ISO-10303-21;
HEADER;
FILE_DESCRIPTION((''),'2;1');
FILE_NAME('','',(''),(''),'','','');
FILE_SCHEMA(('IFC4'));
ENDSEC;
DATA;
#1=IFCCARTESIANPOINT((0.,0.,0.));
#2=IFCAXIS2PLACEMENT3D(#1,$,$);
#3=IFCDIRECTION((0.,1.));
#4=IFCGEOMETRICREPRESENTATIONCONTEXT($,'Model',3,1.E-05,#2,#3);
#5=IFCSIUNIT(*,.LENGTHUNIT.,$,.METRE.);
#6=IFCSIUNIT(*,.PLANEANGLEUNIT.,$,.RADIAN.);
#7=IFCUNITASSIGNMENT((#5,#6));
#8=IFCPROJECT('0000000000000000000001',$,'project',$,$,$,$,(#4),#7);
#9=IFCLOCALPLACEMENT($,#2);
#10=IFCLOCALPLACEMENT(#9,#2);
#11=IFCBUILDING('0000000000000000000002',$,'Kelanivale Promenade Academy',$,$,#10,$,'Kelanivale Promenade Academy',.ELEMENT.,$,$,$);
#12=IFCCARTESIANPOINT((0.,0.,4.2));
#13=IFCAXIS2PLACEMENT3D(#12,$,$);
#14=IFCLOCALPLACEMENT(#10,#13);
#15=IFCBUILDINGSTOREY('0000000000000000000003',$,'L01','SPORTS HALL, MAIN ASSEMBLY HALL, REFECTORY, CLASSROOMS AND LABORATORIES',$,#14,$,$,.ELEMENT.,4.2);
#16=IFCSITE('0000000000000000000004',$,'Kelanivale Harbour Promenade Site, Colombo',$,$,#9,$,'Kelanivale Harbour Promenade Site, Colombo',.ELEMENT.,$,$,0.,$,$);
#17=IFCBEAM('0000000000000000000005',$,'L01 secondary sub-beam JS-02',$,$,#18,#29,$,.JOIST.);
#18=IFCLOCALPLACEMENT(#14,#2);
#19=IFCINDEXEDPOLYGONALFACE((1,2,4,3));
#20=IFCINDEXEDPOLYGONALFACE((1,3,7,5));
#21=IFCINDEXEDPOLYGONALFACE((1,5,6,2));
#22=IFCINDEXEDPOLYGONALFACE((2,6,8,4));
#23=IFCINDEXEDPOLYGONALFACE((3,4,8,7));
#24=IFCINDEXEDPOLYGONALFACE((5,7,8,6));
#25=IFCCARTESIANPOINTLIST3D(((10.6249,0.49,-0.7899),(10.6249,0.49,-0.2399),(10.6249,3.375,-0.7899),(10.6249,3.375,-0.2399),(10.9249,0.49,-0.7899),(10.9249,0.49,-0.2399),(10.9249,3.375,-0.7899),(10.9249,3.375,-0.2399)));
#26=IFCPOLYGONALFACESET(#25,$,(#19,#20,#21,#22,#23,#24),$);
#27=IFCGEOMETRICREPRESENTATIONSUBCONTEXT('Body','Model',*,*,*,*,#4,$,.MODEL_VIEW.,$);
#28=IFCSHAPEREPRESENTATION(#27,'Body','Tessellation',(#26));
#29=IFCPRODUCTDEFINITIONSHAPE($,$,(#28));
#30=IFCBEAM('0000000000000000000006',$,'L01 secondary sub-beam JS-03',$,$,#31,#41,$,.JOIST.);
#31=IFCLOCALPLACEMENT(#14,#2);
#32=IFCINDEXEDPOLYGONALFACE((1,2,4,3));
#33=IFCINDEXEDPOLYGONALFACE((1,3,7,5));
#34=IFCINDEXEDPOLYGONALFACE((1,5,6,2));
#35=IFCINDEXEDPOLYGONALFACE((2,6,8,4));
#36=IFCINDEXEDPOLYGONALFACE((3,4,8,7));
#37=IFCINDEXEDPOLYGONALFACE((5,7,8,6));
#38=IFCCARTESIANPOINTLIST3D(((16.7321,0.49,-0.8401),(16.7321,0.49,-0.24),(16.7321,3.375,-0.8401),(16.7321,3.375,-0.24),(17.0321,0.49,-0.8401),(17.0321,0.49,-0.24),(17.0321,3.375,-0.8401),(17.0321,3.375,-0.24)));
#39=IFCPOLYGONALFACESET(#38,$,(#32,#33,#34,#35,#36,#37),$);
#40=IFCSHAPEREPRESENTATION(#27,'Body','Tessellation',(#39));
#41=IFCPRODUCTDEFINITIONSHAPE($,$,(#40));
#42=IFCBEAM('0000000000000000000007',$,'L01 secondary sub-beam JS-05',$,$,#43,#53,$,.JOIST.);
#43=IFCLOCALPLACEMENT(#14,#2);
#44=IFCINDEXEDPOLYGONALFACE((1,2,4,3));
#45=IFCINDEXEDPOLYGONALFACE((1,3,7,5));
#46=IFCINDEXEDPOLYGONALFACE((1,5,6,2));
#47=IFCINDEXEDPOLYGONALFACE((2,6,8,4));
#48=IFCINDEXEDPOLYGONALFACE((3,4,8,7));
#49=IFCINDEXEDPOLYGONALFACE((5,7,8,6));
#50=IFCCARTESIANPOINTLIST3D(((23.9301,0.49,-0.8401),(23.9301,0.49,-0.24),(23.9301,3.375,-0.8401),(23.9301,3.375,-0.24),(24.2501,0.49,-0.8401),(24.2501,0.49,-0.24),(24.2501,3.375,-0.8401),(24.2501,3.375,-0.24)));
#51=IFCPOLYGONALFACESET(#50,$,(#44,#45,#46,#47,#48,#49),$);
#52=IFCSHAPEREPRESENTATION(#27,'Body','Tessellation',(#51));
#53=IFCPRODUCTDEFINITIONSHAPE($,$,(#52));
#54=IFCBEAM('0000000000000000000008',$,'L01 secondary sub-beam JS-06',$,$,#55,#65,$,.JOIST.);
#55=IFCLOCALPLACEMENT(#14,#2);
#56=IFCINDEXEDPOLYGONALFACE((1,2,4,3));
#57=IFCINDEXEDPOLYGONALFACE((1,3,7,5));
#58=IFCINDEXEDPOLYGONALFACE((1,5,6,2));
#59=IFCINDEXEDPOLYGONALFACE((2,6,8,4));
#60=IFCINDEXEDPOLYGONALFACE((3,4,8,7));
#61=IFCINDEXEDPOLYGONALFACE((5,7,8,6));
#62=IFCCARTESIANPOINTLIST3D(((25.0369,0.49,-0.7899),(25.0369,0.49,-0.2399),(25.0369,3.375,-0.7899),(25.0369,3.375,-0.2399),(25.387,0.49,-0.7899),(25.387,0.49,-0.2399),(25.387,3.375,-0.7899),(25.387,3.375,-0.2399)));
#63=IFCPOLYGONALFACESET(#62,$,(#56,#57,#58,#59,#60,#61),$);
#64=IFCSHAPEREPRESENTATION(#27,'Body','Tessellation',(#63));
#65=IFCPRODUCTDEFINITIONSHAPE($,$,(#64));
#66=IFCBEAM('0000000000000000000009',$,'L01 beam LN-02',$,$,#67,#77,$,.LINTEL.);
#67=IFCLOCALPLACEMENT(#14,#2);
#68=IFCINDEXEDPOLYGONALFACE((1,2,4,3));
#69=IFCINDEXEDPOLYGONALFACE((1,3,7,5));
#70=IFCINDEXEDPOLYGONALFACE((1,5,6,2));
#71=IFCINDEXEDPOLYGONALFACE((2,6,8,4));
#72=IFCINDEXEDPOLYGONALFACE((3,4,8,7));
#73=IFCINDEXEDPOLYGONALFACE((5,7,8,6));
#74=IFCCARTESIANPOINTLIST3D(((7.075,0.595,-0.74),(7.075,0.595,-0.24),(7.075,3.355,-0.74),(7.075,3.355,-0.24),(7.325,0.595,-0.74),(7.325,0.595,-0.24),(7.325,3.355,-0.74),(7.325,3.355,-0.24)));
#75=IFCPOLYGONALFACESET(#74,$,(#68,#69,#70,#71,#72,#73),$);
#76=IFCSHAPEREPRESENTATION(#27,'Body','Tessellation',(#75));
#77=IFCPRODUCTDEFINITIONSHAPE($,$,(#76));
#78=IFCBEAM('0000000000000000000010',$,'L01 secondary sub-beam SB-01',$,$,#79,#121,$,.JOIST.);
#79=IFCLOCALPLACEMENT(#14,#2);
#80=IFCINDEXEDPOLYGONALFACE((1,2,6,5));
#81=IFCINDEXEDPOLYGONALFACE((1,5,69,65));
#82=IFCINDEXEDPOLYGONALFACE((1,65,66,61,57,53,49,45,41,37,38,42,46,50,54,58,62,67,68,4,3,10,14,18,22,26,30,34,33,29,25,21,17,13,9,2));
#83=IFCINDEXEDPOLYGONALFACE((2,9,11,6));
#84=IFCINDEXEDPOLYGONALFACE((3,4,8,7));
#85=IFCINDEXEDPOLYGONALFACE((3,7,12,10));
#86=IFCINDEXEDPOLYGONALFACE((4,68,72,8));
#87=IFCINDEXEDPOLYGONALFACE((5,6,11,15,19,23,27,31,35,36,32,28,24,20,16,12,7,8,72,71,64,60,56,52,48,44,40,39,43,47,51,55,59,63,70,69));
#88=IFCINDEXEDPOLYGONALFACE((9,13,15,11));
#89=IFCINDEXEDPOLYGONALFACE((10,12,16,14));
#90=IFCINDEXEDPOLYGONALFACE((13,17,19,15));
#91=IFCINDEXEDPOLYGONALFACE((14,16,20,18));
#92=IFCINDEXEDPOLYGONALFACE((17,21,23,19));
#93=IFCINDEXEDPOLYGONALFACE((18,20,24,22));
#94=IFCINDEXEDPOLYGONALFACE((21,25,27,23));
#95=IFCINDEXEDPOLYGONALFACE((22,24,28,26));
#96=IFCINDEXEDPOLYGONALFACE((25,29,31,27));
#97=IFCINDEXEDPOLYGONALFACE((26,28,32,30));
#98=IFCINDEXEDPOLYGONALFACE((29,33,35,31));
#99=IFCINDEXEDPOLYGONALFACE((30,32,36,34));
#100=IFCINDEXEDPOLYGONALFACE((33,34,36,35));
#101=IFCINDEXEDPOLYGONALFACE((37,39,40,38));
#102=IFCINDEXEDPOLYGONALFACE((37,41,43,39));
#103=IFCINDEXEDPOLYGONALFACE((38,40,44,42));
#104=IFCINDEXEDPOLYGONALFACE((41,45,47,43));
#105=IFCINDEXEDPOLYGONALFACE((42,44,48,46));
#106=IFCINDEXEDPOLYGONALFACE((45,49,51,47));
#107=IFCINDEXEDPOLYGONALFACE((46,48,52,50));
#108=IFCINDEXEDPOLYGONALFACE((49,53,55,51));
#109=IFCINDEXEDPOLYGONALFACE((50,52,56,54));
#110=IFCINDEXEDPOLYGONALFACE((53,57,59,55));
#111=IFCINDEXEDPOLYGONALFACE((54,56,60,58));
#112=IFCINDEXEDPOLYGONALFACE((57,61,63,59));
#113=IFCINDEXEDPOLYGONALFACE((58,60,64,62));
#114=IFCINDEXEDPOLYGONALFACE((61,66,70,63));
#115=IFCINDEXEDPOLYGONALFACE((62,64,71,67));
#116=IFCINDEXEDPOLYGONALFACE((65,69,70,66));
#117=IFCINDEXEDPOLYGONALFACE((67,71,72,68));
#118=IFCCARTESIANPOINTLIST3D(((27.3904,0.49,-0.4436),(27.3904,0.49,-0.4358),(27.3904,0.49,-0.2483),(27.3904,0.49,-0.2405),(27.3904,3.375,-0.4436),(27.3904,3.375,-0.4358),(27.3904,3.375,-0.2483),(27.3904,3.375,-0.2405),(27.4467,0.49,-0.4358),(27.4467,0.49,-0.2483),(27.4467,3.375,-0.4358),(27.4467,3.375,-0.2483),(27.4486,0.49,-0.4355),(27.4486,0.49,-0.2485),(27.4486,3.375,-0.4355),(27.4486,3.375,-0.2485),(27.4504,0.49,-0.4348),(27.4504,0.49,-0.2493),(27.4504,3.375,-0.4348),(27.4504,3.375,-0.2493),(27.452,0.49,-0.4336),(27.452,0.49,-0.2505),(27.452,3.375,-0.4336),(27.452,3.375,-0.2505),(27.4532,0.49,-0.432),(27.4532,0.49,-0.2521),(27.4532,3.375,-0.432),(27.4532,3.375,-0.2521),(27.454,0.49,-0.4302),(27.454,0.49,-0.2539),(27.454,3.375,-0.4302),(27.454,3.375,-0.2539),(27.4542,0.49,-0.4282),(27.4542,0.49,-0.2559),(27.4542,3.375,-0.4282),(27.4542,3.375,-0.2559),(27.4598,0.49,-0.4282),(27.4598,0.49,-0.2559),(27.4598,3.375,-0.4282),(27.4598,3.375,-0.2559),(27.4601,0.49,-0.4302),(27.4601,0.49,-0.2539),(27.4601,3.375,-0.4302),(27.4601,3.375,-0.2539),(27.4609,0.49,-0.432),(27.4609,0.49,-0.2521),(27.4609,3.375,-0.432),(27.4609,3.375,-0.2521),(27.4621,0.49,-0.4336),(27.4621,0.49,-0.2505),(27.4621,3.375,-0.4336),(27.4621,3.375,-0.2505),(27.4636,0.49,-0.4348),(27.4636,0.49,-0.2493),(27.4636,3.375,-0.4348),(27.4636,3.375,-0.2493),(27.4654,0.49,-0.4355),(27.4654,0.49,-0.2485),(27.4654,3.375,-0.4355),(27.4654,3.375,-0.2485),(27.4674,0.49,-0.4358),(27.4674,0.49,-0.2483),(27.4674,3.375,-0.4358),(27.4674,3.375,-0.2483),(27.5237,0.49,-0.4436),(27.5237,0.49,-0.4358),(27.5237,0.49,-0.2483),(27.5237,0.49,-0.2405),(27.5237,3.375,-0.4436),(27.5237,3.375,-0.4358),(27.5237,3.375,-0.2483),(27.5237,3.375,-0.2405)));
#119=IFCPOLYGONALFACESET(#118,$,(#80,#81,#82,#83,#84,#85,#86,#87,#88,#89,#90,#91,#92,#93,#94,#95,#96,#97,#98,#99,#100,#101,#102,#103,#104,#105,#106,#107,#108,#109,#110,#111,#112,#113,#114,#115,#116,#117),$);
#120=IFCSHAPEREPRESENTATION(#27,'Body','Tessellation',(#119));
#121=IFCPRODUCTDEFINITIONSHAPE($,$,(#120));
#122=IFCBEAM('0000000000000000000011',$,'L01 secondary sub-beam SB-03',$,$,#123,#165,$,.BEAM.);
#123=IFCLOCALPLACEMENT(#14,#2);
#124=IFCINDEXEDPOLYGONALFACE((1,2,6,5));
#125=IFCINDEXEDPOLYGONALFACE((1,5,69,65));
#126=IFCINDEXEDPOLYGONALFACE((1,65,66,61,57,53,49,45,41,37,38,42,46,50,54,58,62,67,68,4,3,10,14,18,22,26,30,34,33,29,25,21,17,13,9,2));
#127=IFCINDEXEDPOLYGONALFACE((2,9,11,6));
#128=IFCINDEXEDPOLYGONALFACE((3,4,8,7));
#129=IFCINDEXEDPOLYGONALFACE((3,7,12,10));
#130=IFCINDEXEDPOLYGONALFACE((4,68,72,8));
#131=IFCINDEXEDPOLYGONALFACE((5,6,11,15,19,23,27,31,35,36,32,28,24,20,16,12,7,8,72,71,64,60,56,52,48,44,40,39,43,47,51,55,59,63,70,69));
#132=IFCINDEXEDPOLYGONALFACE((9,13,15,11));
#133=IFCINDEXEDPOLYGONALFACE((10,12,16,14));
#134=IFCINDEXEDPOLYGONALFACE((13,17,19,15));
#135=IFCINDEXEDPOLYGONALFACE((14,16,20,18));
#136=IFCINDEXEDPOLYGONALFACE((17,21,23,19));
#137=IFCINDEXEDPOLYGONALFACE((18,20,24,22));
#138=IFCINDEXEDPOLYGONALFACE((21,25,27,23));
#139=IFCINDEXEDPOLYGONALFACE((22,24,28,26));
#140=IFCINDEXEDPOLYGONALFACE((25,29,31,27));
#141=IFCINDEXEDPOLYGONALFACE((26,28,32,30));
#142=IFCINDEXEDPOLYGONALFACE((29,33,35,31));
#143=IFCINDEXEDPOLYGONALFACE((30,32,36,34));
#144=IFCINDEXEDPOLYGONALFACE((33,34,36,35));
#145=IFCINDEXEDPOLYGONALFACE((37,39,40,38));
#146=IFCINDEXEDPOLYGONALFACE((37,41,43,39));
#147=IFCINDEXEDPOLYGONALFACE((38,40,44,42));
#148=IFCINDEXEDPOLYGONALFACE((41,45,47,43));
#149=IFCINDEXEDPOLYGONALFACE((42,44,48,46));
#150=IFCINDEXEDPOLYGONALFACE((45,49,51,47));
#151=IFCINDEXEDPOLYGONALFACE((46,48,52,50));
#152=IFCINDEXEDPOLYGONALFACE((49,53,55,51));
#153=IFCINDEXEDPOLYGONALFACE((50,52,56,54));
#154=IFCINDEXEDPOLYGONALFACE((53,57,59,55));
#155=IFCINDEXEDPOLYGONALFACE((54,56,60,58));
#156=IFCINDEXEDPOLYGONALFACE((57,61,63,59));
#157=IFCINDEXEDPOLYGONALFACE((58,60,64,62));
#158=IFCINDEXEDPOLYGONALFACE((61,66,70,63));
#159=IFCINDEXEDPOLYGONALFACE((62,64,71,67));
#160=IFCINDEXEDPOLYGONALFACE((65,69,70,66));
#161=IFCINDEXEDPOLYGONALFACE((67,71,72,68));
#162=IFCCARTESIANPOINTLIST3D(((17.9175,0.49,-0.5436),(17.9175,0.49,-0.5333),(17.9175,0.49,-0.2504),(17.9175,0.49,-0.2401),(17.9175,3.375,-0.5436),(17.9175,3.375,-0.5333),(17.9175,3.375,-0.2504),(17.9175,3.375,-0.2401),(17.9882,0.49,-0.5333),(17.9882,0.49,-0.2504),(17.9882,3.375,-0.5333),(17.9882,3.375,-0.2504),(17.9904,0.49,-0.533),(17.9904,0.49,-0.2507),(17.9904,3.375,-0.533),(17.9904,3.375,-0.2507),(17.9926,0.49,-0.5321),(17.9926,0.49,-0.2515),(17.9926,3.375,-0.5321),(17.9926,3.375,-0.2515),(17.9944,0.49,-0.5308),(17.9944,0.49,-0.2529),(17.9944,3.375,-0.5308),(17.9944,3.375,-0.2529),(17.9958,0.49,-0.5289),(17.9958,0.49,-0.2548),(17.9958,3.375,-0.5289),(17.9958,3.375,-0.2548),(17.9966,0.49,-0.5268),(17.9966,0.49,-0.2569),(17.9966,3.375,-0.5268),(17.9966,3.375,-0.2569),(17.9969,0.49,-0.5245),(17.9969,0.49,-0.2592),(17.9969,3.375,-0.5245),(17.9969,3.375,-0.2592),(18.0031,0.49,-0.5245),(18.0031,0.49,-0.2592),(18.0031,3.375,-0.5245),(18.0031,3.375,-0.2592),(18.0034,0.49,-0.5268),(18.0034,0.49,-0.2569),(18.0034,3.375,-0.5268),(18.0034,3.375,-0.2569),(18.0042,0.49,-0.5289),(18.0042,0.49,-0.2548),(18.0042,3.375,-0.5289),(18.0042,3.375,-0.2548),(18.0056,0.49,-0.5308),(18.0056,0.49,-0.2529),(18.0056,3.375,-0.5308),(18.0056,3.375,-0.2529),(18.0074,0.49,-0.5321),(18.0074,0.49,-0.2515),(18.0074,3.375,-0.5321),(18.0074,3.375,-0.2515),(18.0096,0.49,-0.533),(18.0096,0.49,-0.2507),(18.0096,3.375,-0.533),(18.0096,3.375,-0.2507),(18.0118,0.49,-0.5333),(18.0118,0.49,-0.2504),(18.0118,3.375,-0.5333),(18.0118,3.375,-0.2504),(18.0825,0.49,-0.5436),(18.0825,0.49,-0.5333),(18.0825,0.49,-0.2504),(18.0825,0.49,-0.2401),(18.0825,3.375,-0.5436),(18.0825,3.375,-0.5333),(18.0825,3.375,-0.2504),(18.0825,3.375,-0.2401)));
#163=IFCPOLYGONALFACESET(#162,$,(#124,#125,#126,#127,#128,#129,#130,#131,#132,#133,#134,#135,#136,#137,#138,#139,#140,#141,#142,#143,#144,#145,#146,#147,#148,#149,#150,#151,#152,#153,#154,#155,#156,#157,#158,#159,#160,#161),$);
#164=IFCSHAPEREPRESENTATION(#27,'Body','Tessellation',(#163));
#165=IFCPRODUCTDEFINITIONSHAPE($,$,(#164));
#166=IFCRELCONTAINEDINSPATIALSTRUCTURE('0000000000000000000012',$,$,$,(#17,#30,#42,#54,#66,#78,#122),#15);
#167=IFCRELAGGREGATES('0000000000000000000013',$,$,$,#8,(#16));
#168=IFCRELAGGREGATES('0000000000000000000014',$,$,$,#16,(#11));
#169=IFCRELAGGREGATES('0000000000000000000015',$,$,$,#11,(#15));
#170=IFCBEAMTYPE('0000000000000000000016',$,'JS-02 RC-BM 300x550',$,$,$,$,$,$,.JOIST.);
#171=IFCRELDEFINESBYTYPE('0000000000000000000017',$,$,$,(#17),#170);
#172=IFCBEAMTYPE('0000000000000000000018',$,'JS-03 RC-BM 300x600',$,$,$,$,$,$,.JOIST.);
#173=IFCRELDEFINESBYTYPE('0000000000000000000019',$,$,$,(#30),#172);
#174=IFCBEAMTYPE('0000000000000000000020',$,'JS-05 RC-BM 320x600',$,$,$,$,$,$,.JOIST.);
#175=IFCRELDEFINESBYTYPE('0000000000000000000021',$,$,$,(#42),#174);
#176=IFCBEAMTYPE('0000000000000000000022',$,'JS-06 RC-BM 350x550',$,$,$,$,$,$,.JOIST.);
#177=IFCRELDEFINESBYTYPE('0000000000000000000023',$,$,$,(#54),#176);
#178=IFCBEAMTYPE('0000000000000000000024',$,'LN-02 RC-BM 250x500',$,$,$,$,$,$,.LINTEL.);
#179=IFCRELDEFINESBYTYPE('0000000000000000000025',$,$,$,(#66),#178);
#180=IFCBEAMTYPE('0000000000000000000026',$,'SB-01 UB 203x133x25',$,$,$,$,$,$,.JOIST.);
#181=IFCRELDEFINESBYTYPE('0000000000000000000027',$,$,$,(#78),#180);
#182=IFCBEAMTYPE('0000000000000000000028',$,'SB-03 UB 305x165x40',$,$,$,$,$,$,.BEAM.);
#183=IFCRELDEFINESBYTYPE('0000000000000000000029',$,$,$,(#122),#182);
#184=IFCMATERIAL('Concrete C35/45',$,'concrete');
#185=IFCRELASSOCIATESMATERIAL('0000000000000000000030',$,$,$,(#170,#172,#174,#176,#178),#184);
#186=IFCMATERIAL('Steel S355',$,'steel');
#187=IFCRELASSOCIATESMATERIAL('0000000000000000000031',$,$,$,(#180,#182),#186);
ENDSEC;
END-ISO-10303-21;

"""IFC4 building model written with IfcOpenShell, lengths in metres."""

from ifc_helpers import new_model, si_unit, direction, frame, origin, origin_2d, place, context, subcontext, project, spatial, rectangle, i_section, extrude, material, material_profile, profile_set, type_object, element, save


model = new_model("IFC4")

# Units and contexts
model_context = context("Model", 3, precision=1e-05, world=origin(), true_north=direction((0.0, 1.0)))
body_context = subcontext(model_context, "Body", "Model", "MODEL_VIEW")
ifc_project = project(units=[si_unit("LENGTHUNIT", "METRE"), si_unit("PLANEANGLEUNIT", "RADIAN")], contexts=[model_context])

# Site, building, storey
site_placement = place(None, origin())
site = spatial("IfcSite", under=ifc_project, at=site_placement, Name="Kelanivale Harbour Promenade Site, Colombo", LongName="Kelanivale Harbour Promenade Site, Colombo", CompositionType="ELEMENT", RefElevation=0.0)
building_placement = place(site_placement, origin())
building = spatial("IfcBuilding", under=site, at=building_placement, Name="Kelanivale Promenade Academy", LongName="Kelanivale Promenade Academy", CompositionType="ELEMENT")
storey_placement = place(building_placement, frame((0.0, 0.0, 4.2)))
storey = spatial("IfcBuildingStorey", under=building, at=storey_placement, Name="L01", Description="SPORTS HALL, MAIN ASSEMBLY HALL, REFECTORY, CLASSROOMS AND LABORATORIES", CompositionType="ELEMENT", Elevation=4.2)

# Beams
ifc_material_1 = material(Name="Concrete C35/45", Category="concrete")
ifc_material_profile_1 = material_profile(ifc_material_1, rectangle(XDim=0.3, YDim=0.55, at=origin_2d()), Name="RC-BM 300x550")
ifc_profile_set_1 = profile_set([ifc_material_profile_1], Name="Concrete C35/45")
beam_type_1 = type_object("IfcBeamType", Name="JS-02 RC-BM 300x550", PredefinedType="JOIST", material=ifc_profile_set_1)
beam_1_placement = place(storey_placement, frame((10.7749, 0.49, -0.5149), z_axis=(0.0, 1.0, 0.0), x_axis=(-1.0, 0.0, 0.0)))
element("IfcBeam", 1, at=beam_1_placement, inside=storey, type_object=beam_type_1, Name="L01 secondary sub-beam JS-02", PredefinedType="JOIST", context=body_context, shape_type="SweptSolid", body=[
    extrude(rectangle(XDim=0.3, YDim=0.55, at=origin_2d()), origin(), (0.0, 0.0, 1.0), 2.885),
])
ifc_material_profile_2 = material_profile(ifc_material_1, rectangle(XDim=0.3, YDim=0.6001, at=origin_2d()), Name="RC-BM 300x600")
ifc_profile_set_2 = profile_set([ifc_material_profile_2], Name="Concrete C35/45")
beam_type_2 = type_object("IfcBeamType", Name="JS-03 RC-BM 300x600", PredefinedType="JOIST", material=ifc_profile_set_2)
beam_2_placement = place(storey_placement, frame((16.8821, 0.49, -0.54), z_axis=(0.0, 1.0, 0.0), x_axis=(-1.0, 0.0, 0.0)))
element("IfcBeam", 2, at=beam_2_placement, inside=storey, type_object=beam_type_2, Name="L01 secondary sub-beam JS-03", PredefinedType="JOIST", context=body_context, shape_type="SweptSolid", body=[
    extrude(rectangle(XDim=0.3, YDim=0.6001, at=origin_2d()), origin(), (0.0, 0.0, 1.0), 2.885),
])
ifc_material_profile_3 = material_profile(ifc_material_1, rectangle(XDim=0.3201, YDim=0.6001, at=origin_2d()), Name="RC-BM 320x600")
ifc_profile_set_3 = profile_set([ifc_material_profile_3], Name="Concrete C35/45")
beam_type_3 = type_object("IfcBeamType", Name="JS-05 RC-BM 320x600", PredefinedType="JOIST", material=ifc_profile_set_3)
beam_3_placement = place(storey_placement, frame((24.0901, 0.49, -0.54), z_axis=(0.0, 1.0, 0.0), x_axis=(-1.0, 0.0, 0.0)))
element("IfcBeam", 3, at=beam_3_placement, inside=storey, type_object=beam_type_3, Name="L01 secondary sub-beam JS-05", PredefinedType="JOIST", context=body_context, shape_type="SweptSolid", body=[
    extrude(rectangle(XDim=0.3201, YDim=0.6001, at=origin_2d()), origin(), (0.0, 0.0, 1.0), 2.885),
])
ifc_material_profile_4 = material_profile(ifc_material_1, rectangle(XDim=0.3501, YDim=0.55, at=origin_2d()), Name="RC-BM 350x550")
ifc_profile_set_4 = profile_set([ifc_material_profile_4], Name="Concrete C35/45")
beam_type_4 = type_object("IfcBeamType", Name="JS-06 RC-BM 350x550", PredefinedType="JOIST", material=ifc_profile_set_4)
beam_4_placement = place(storey_placement, frame((25.2119, 0.49, -0.5149), z_axis=(0.0, 1.0, 0.0), x_axis=(-1.0, 0.0, 0.0)))
element("IfcBeam", 4, at=beam_4_placement, inside=storey, type_object=beam_type_4, Name="L01 secondary sub-beam JS-06", PredefinedType="JOIST", context=body_context, shape_type="SweptSolid", body=[
    extrude(rectangle(XDim=0.3501, YDim=0.55, at=origin_2d()), origin(), (0.0, 0.0, 1.0), 2.885),
])
ifc_material_profile_5 = material_profile(ifc_material_1, rectangle(XDim=0.25, YDim=0.5, at=origin_2d()), Name="RC-BM 250x500")
ifc_profile_set_5 = profile_set([ifc_material_profile_5], Name="Concrete C35/45")
beam_type_5 = type_object("IfcBeamType", Name="LN-02 RC-BM 250x500", PredefinedType="LINTEL", material=ifc_profile_set_5)
beam_5_placement = place(storey_placement, frame((7.2, 0.595, -0.49), z_axis=(0.0, 1.0, 0.0), x_axis=(-1.0, 0.0, 0.0)))
element("IfcBeam", 5, at=beam_5_placement, inside=storey, type_object=beam_type_5, Name="L01 beam LN-02", PredefinedType="LINTEL", context=body_context, shape_type="SweptSolid", body=[
    extrude(rectangle(XDim=0.25, YDim=0.5, at=origin_2d()), origin(), (0.0, 0.0, 1.0), 2.76),
])
ifc_material_2 = material(Name="Steel S355", Category="steel")
ifc_material_profile_6 = material_profile(ifc_material_2, i_section(OverallWidth=0.1333, OverallDepth=0.2031, WebThickness=0.0056, FlangeThickness=0.0078, FilletRadius=0.0076, at=origin_2d()), Name="UB 203x133x25")
ifc_profile_set_6 = profile_set([ifc_material_profile_6], Name="Steel S355")
beam_type_6 = type_object("IfcBeamType", Name="SB-01 UB 203x133x25", PredefinedType="JOIST", material=ifc_profile_set_6)
beam_6_placement = place(storey_placement, frame((27.457, 0.49, -0.342), z_axis=(0.0, 1.0, 0.0), x_axis=(-1.0, 0.0, 0.0)))
element("IfcBeam", 6, at=beam_6_placement, inside=storey, type_object=beam_type_6, Name="L01 secondary sub-beam SB-01", PredefinedType="JOIST", context=body_context, shape_type="SweptSolid", body=[
    extrude(i_section(OverallWidth=0.1333, OverallDepth=0.2031, WebThickness=0.0056, FlangeThickness=0.0078, FilletRadius=0.0076, at=origin_2d()), origin(), (0.0, 0.0, 1.0), 2.885),
])
ifc_material_profile_7 = material_profile(ifc_material_2, i_section(OverallWidth=0.165, OverallDepth=0.3035, WebThickness=0.0061, FlangeThickness=0.0103, FilletRadius=0.0088, at=origin_2d()), Name="UB 305x165x40")
ifc_profile_set_7 = profile_set([ifc_material_profile_7], Name="Steel S355")
beam_type_7 = type_object("IfcBeamType", Name="SB-03 UB 305x165x40", PredefinedType="BEAM", material=ifc_profile_set_7)
beam_7_placement = place(storey_placement, frame((18.0, 0.49, -0.3918), z_axis=(0.0, 1.0, 0.0), x_axis=(-1.0, 0.0, 0.0)))
element("IfcBeam", 7, at=beam_7_placement, inside=storey, type_object=beam_type_7, Name="L01 secondary sub-beam SB-03", PredefinedType="BEAM", context=body_context, shape_type="SweptSolid", body=[
    extrude(i_section(OverallWidth=0.165, OverallDepth=0.3035, WebThickness=0.0061, FlangeThickness=0.0103, FilletRadius=0.0088, at=origin_2d()), origin(), (0.0, 0.0, 1.0), 2.885),
])

save(model, "model.ifc")
